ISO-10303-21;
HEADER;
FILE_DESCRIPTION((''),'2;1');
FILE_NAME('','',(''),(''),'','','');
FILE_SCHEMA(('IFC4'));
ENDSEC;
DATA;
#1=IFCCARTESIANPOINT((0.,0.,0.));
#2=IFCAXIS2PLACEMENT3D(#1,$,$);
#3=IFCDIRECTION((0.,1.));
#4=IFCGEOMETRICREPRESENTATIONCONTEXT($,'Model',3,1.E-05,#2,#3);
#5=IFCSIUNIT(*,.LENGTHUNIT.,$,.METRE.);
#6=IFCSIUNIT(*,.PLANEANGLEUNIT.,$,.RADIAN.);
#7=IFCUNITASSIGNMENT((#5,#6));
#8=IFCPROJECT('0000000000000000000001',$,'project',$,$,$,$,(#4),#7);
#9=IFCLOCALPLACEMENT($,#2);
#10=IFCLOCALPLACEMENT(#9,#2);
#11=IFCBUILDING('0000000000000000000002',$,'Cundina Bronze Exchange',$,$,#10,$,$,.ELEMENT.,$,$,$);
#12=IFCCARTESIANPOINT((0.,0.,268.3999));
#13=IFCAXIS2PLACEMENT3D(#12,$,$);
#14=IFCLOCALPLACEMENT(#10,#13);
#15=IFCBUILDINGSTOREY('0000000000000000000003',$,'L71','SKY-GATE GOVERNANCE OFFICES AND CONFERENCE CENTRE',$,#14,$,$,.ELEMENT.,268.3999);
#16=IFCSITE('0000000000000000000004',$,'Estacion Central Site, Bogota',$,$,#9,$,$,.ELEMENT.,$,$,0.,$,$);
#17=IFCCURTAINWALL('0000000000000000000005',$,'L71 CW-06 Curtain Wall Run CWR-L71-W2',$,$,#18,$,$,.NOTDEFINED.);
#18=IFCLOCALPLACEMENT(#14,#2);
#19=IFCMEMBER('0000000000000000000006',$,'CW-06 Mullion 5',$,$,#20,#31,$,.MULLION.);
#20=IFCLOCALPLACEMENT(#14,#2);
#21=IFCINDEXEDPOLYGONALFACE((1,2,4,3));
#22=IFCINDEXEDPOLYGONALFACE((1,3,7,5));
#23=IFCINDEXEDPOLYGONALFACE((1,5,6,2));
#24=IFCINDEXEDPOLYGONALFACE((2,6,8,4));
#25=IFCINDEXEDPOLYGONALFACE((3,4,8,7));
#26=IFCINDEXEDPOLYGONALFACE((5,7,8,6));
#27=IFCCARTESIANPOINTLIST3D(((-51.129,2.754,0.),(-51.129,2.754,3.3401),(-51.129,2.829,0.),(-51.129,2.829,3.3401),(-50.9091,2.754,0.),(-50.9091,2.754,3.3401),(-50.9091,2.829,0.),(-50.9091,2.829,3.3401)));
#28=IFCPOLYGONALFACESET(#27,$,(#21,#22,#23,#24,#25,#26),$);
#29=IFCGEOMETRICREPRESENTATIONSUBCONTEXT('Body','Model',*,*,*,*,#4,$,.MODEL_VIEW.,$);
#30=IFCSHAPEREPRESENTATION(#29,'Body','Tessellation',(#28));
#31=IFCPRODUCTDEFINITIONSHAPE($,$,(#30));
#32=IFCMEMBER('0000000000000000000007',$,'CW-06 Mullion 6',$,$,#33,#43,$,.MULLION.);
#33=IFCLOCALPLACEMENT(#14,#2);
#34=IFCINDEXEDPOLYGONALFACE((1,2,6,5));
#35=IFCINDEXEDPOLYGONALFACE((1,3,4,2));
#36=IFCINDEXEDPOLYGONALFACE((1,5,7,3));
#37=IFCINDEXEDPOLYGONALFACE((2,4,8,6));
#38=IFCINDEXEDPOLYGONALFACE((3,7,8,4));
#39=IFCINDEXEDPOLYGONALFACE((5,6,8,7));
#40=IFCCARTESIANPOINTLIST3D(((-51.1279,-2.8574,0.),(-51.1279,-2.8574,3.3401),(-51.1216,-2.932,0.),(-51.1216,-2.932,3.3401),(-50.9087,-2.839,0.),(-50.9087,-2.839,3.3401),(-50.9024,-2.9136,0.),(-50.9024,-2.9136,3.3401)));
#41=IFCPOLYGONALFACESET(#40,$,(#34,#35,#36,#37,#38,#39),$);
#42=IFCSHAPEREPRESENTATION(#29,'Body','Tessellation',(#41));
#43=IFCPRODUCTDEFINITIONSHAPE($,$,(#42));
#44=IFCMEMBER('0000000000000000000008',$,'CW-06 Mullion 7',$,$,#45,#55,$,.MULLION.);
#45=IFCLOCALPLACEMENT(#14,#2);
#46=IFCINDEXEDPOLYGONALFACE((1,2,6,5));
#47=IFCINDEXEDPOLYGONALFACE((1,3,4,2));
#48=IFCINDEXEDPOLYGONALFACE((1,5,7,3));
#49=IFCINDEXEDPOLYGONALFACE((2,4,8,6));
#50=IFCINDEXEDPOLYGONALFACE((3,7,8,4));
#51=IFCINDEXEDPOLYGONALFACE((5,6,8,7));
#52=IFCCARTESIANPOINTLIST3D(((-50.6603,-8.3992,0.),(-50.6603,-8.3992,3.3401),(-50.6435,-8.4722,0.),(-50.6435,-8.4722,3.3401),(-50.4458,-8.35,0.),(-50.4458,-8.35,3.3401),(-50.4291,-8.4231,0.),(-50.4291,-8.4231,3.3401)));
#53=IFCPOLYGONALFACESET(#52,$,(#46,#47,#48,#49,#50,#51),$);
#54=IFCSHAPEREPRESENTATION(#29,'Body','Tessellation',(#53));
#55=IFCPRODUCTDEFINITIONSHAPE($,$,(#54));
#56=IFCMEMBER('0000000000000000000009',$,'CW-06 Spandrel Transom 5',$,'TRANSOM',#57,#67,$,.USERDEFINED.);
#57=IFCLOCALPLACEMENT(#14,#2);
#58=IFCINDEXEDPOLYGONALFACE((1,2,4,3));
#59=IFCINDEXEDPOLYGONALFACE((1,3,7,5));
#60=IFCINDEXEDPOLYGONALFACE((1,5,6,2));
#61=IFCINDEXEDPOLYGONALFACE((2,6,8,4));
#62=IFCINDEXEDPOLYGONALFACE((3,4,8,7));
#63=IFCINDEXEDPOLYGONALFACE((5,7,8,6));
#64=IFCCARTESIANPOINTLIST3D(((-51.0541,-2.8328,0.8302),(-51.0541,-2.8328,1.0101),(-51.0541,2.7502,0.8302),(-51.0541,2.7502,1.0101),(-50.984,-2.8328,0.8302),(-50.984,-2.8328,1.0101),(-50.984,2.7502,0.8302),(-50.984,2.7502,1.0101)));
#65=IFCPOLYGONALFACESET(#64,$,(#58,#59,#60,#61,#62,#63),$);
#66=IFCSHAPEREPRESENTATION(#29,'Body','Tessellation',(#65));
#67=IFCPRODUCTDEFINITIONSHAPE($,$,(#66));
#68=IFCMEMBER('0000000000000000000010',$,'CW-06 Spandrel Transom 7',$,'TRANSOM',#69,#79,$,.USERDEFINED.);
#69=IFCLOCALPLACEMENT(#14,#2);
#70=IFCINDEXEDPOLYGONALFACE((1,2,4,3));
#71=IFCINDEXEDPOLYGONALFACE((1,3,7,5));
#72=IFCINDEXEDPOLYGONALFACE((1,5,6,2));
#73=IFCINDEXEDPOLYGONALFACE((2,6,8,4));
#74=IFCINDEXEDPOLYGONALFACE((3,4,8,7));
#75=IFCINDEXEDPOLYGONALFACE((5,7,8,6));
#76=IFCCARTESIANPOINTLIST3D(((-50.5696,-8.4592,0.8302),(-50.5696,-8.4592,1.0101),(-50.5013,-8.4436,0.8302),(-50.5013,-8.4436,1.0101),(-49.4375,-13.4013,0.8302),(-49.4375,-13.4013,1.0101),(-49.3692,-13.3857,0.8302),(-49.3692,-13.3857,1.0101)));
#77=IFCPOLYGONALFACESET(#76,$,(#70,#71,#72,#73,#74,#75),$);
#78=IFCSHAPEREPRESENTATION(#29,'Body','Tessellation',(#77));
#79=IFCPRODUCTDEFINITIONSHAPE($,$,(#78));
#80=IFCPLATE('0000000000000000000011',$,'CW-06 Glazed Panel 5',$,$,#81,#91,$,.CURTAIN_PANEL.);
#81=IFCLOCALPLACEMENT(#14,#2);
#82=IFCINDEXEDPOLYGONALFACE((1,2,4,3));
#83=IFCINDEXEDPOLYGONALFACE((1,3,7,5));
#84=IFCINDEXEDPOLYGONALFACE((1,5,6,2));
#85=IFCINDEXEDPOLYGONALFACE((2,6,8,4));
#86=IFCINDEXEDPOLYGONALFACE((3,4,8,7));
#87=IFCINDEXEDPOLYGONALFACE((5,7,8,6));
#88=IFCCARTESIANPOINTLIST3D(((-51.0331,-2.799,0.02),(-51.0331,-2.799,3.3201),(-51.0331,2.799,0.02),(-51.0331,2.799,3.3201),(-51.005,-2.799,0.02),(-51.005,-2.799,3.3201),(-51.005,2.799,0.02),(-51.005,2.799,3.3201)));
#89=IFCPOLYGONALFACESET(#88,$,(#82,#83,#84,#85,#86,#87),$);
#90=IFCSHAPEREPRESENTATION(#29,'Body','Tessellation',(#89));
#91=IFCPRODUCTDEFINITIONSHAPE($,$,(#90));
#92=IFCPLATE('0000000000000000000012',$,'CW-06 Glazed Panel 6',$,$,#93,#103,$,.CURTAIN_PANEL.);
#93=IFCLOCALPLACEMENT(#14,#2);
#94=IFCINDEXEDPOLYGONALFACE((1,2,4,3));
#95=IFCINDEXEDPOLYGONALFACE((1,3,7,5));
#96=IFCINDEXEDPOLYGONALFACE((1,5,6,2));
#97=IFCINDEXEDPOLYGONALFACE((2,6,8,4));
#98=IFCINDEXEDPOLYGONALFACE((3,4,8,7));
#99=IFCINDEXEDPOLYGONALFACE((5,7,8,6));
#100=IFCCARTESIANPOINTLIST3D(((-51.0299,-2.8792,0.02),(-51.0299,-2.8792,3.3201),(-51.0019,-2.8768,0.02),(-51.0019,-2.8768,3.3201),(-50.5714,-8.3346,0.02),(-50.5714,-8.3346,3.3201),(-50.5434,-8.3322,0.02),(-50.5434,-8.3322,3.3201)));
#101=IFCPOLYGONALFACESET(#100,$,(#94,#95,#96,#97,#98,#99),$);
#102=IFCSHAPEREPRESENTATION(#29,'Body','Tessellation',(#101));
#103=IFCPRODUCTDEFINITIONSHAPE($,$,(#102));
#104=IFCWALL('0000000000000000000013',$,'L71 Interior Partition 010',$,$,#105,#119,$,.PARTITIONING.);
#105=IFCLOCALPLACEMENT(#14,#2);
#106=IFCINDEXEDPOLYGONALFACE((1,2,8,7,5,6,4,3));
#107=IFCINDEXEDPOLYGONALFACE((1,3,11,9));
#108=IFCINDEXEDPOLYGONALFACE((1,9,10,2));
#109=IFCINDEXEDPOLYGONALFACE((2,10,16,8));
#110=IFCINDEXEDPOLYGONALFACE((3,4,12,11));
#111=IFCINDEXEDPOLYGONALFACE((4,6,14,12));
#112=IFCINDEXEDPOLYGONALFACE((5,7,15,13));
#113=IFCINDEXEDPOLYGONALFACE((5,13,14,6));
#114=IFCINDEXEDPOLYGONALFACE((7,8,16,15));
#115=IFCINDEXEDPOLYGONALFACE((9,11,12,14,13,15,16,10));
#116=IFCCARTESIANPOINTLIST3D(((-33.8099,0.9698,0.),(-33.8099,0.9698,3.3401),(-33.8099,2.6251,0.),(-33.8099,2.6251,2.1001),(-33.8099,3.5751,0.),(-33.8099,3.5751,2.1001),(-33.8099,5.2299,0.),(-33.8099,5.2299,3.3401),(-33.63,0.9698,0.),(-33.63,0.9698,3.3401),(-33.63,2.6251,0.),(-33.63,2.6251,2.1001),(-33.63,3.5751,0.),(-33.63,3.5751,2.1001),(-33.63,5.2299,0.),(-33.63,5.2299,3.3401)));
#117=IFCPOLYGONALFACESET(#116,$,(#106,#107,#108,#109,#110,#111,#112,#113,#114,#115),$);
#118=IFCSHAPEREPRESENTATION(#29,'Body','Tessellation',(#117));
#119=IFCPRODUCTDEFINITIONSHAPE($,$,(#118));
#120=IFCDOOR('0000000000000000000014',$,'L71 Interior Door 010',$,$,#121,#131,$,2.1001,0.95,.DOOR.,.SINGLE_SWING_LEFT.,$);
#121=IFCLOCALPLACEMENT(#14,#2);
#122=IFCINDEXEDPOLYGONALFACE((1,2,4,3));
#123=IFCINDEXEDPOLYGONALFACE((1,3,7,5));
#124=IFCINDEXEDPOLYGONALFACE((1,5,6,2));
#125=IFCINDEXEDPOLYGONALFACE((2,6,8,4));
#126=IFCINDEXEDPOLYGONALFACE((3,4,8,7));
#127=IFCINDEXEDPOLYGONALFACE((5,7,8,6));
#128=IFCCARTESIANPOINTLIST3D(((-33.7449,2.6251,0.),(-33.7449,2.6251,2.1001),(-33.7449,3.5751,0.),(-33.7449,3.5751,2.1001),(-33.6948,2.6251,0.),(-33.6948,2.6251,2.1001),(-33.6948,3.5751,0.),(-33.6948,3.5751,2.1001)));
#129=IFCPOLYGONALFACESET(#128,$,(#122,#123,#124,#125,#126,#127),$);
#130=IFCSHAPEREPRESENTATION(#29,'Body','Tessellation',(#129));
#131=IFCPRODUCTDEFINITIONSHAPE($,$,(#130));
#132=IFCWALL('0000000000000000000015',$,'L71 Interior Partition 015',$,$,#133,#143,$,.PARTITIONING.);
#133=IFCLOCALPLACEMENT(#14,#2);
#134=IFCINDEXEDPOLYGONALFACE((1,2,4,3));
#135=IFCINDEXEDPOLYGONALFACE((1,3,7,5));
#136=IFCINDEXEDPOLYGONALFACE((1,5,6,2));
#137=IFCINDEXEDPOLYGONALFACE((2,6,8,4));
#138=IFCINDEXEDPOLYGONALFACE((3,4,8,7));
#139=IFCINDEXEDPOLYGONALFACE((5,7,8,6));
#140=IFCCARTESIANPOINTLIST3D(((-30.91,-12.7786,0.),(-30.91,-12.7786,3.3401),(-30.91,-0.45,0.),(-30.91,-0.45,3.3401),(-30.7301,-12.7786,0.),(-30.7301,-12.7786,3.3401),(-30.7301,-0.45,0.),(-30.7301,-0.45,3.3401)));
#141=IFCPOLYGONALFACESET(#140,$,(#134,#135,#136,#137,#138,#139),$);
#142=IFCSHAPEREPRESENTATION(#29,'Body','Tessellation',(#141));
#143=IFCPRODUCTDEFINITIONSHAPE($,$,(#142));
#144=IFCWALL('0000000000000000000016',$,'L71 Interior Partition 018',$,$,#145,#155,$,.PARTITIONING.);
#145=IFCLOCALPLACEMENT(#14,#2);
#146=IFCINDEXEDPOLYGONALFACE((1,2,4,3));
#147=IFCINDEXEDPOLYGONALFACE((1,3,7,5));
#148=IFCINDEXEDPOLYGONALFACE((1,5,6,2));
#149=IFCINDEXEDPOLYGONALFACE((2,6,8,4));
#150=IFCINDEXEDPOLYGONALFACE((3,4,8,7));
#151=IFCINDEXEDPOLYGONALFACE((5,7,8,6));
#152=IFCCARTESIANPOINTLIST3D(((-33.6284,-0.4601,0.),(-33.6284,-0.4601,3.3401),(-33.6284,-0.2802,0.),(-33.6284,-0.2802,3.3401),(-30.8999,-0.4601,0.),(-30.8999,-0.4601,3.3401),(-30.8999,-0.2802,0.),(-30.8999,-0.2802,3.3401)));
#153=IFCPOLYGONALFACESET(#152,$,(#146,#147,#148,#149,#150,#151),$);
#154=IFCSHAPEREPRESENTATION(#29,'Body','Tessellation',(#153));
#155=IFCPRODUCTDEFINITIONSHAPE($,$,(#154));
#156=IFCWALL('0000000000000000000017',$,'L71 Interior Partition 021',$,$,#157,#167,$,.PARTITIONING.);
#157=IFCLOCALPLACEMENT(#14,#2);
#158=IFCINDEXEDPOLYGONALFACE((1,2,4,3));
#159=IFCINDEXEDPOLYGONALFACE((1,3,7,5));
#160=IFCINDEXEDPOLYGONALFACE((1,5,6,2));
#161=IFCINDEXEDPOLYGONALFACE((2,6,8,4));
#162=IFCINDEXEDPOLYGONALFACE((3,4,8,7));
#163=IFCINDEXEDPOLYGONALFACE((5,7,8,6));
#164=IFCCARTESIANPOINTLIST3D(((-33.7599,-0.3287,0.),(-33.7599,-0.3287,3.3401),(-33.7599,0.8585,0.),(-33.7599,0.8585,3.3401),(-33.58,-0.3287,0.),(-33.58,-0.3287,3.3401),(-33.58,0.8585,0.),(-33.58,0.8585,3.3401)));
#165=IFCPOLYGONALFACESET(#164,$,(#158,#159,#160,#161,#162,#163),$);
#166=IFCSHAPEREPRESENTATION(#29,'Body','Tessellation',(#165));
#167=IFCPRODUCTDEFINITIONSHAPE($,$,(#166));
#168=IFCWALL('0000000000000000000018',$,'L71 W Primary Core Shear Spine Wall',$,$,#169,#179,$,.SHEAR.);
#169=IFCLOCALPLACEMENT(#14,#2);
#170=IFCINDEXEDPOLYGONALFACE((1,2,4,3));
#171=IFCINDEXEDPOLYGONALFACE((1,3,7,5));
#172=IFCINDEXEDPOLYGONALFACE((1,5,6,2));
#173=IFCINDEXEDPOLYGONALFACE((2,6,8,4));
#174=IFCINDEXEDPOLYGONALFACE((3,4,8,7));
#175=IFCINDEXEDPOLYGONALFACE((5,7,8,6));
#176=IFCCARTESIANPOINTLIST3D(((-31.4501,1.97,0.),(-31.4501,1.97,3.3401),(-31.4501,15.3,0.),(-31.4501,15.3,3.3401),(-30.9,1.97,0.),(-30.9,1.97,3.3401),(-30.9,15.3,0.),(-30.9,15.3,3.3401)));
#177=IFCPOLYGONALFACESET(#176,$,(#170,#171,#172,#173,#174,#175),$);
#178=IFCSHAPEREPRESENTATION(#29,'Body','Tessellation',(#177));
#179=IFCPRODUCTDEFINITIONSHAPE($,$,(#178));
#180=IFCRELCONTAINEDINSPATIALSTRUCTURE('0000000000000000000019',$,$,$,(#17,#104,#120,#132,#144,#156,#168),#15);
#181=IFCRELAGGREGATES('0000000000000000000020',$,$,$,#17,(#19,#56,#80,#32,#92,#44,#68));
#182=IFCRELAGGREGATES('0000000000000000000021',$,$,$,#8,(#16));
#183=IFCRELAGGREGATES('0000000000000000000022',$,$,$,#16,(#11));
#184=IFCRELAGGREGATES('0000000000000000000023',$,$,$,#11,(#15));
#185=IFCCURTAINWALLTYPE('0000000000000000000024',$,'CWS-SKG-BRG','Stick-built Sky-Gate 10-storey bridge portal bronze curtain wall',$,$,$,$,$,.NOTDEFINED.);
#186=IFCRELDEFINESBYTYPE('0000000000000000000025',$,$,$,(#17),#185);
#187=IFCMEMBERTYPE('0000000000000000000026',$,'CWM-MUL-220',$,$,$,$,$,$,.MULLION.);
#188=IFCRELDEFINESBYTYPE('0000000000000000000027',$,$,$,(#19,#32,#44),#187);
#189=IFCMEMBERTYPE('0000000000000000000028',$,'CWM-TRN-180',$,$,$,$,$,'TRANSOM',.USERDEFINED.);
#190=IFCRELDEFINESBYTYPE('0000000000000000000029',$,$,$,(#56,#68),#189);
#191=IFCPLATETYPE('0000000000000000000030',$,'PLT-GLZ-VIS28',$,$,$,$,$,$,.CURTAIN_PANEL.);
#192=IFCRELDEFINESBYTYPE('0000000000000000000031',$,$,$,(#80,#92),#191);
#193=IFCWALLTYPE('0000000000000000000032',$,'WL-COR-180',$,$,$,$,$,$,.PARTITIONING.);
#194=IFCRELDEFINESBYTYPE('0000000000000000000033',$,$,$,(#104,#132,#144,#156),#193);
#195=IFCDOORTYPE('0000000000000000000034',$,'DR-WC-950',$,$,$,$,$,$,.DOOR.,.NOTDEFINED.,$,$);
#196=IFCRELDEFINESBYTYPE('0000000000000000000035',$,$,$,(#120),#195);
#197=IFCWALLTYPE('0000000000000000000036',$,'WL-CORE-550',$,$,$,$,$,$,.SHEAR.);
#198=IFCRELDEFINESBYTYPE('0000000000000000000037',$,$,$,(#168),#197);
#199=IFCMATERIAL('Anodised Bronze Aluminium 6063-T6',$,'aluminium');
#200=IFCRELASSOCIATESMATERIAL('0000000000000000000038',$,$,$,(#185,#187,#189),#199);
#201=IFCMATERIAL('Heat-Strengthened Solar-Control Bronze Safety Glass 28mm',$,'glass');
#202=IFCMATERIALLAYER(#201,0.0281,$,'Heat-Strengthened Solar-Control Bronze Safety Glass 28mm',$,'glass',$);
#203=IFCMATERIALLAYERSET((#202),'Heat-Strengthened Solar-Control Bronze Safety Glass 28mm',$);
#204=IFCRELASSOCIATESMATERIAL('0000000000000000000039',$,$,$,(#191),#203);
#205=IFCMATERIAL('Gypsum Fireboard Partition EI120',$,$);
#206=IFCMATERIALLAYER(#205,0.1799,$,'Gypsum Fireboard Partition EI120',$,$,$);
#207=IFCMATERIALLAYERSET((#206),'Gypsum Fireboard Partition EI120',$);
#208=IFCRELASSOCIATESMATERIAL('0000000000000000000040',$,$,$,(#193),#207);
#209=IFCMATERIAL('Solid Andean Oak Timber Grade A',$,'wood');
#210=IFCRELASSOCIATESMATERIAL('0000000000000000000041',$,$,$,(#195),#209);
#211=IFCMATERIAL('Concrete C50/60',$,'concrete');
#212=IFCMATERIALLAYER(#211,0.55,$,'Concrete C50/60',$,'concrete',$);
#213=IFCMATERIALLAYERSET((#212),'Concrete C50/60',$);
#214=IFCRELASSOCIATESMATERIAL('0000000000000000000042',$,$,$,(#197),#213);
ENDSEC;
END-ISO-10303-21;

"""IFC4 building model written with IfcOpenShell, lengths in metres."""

from ifc_helpers import new_model, si_unit, direction, frame, frame_2d, origin, origin_2d, place, context, subcontext, project, spatial, rectangle, extrude, material, layer, layer_set, material_profile, profile_set, type_object, element, fill, aggregate, save


model = new_model("IFC4")

# Units and contexts
model_context = context("Model", 3, precision=1e-05, world=origin(), true_north=direction((0.0, 1.0)))
body_context = subcontext(model_context, "Body", "Model", "MODEL_VIEW")
ifc_project = project(units=[si_unit("LENGTHUNIT", "METRE"), si_unit("PLANEANGLEUNIT", "RADIAN")], contexts=[model_context])

# Site, building, storey
site_placement = place(None, origin())
site = spatial("IfcSite", under=ifc_project, at=site_placement, Name="Estacion Central Site, Bogota", CompositionType="ELEMENT", RefElevation=0.0)
building_placement = place(site_placement, origin())
building = spatial("IfcBuilding", under=site, at=building_placement, Name="Cundina Bronze Exchange", CompositionType="ELEMENT")
storey_placement = place(building_placement, frame((0.0, 0.0, 268.3999)))
storey = spatial("IfcBuildingStorey", under=building, at=storey_placement, Name="L71", Description="SKY-GATE GOVERNANCE OFFICES AND CONFERENCE CENTRE", CompositionType="ELEMENT", Elevation=268.3999)

# Shared definitions
ifc_material_1 = material(Name="Concrete C50/60", Category="concrete")

# Curtain wall, members, plates
ifc_material_2 = material(Name="Anodised Bronze Aluminium 6063-T6", Category="aluminium")
curtain_wall_type = type_object("IfcCurtainWallType", Name="CWS-SKG-BRG", Description="Stick-built Sky-Gate 10-storey bridge portal bronze curtain wall", PredefinedType="NOTDEFINED", material=ifc_material_2)
curtain_wall_placement = place(storey_placement, origin())
curtain_wall = element("IfcCurtainWall", 1, at=curtain_wall_placement, inside=storey, type_object=curtain_wall_type, Name="L71 CW-06 Curtain Wall Run CWR-L71-W2", PredefinedType="NOTDEFINED")
ifc_material_profile_1 = material_profile(ifc_material_2, rectangle(XDim=0.075, YDim=0.22, at=origin_2d()), Name="AL75X220", Category="aluminium")
ifc_profile_set_1 = profile_set([ifc_material_profile_1], Name="Anodised Bronze Aluminium 6063-T6")
member_type_1 = type_object("IfcMemberType", Name="CWM-MUL-220", PredefinedType="MULLION", material=ifc_profile_set_1)
member_1_placement = place(storey_placement, frame((-51.019, 2.7915, 0.0), z_axis=(0.0, 0.0, 1.0), x_axis=(0.0, -1.0, 0.0)))
member_1 = element("IfcMember", 2, at=member_1_placement, type_object=member_type_1, Name="CW-06 Mullion 5", PredefinedType="MULLION", context=body_context, shape_type="SweptSolid", body=[
    extrude(rectangle(XDim=0.075, YDim=0.22, at=origin_2d()), origin(), (0.0, 0.0, 1.0), 3.3401),
])
member_2_placement = place(storey_placement, frame((-51.0151, -2.8855, 0.0), z_axis=(0.0, 0.0, 1.0), x_axis=(0.083678, -0.996493, 0.0)))
member_2 = element("IfcMember", 3, at=member_2_placement, type_object=member_type_1, Name="CW-06 Mullion 6", PredefinedType="MULLION", context=body_context, shape_type="SweptSolid", body=[
    extrude(rectangle(XDim=0.075, YDim=0.22, at=origin_2d()), origin(), (0.0, 0.0, 1.0), 3.3401),
])
member_3_placement = place(storey_placement, frame((-50.5447, -8.4111, 0.0), z_axis=(0.0, 0.0, 1.0), x_axis=(0.22325, -0.974761, 0.0)))
member_3 = element("IfcMember", 4, at=member_3_placement, type_object=member_type_1, Name="CW-06 Mullion 7", PredefinedType="MULLION", context=body_context, shape_type="SweptSolid", body=[
    extrude(rectangle(XDim=0.075, YDim=0.22, at=origin_2d()), origin(), (0.0, 0.0, 1.0), 3.3401),
])
ifc_material_profile_2 = material_profile(ifc_material_2, rectangle(XDim=0.0701, YDim=0.1799, at=origin_2d()), Name="AL70X180", Category="aluminium")
ifc_profile_set_2 = profile_set([ifc_material_profile_2], Name="Anodised Bronze Aluminium 6063-T6")
member_type_2 = type_object("IfcMemberType", Name="CWM-TRN-180", ElementType="TRANSOM", PredefinedType="USERDEFINED", material=ifc_profile_set_2)
member_4_placement = place(storey_placement, frame((-51.019, 2.7502, 0.9202), z_axis=(0.0, -1.0, 0.0), x_axis=(1.0, 0.0, 0.0)))
member_4 = element("IfcMember", 5, at=member_4_placement, type_object=member_type_2, Name="CW-06 Spandrel Transom 5", ObjectType="TRANSOM", PredefinedType="USERDEFINED", context=body_context, shape_type="SweptSolid", body=[
    extrude(rectangle(XDim=0.0701, YDim=0.1799, at=origin_2d()), origin(), (0.0, 0.0, 1.0), 5.583),
])
member_5_placement = place(storey_placement, frame((-50.5354, -8.4514, 0.9202), z_axis=(0.223284, -0.974754, 0.0), x_axis=(0.974754, 0.223284, 0.0)))
member_5 = element("IfcMember", 6, at=member_5_placement, type_object=member_type_2, Name="CW-06 Spandrel Transom 7", ObjectType="TRANSOM", PredefinedType="USERDEFINED", context=body_context, shape_type="SweptSolid", body=[
    extrude(rectangle(XDim=0.0701, YDim=0.1799, at=origin_2d()), origin(), (0.0, 0.0, 1.0), 5.0701),
])
ifc_material_3 = material(Name="Heat-Strengthened Solar-Control Bronze Safety Glass 28mm", Category="glass")
ifc_layer_1 = layer(ifc_material_3, 0.0281, Name="Heat-Strengthened Solar-Control Bronze Safety Glass 28mm", Category="glass")
ifc_layer_set_1 = layer_set([ifc_layer_1], Name="Heat-Strengthened Solar-Control Bronze Safety Glass 28mm")
plate_type = type_object("IfcPlateType", Name="PLT-GLZ-VIS28", PredefinedType="CURTAIN_PANEL", material=ifc_layer_set_1)
plate_1_placement = place(storey_placement, frame((-51.019, 0.0, 0.02), z_axis=(0.0, 0.0, 1.0), x_axis=(0.0, -1.0, 0.0)))
plate_1 = element("IfcPlate", 7, at=plate_1_placement, type_object=plate_type, Name="CW-06 Glazed Panel 5", PredefinedType="CURTAIN_PANEL", context=body_context, shape_type="SweptSolid", body=[
    extrude(rectangle(XDim=5.5979, YDim=0.0281, at=origin_2d()), origin(), (0.0, 0.0, 1.0), 3.3),
])
plate_2_placement = place(storey_placement, frame((-50.7866, -5.6057, 0.02), z_axis=(0.0, 0.0, 1.0), x_axis=(0.083747, -0.996487, 0.0)))
plate_2 = element("IfcPlate", 8, at=plate_2_placement, type_object=plate_type, Name="CW-06 Glazed Panel 6", PredefinedType="CURTAIN_PANEL", context=body_context, shape_type="SweptSolid", body=[
    extrude(rectangle(XDim=5.4746, YDim=0.0281, at=origin_2d()), origin(), (0.0, 0.0, 1.0), 3.3),
])
aggregate(curtain_wall, [member_1, member_4, plate_1, member_2, plate_2, member_3, member_5])

# Wall, opening, door
ifc_material_4 = material(Name="Gypsum Fireboard Partition EI120")
ifc_layer_2 = layer(ifc_material_4, 0.1799, Name="Gypsum Fireboard Partition EI120")
ifc_layer_set_2 = layer_set([ifc_layer_2], Name="Gypsum Fireboard Partition EI120")
wall_type_1 = type_object("IfcWallType", Name="WL-COR-180", PredefinedType="PARTITIONING", material=ifc_layer_set_2)
wall_1_placement = place(storey_placement, frame((-33.72, 0.97, 0.0), z_axis=(0.0, 0.0, 1.0), x_axis=(0.0, 1.0, 0.0)))
wall_1 = element("IfcWall", 9, at=wall_1_placement, inside=storey, type_object=wall_type_1, Name="L71 Interior Partition 010", PredefinedType="PARTITIONING", context=body_context, shape_type="SweptSolid", body=[
    extrude(rectangle(XDim=4.26, YDim=0.1799, at=frame_2d((2.1299, 0.0))), origin(), (0.0, 0.0, 1.0), 3.3401),
])
opening_1_placement = place(wall_1_placement, frame((1.655, 0.0, 0.0)))
opening_1 = element("IfcOpeningElement", 10, at=opening_1_placement, cuts=wall_1, PredefinedType="OPENING", context=body_context, shape_type="SweptSolid", body=[
    extrude(rectangle(XDim=0.95, YDim=2.1001, at=frame_2d((0.4751, 1.05))), frame((0.0, 0.0999, 0.0), z_axis=(0.0, -1.0, 0.0), x_axis=(1.0, 0.0, 0.0)), (0.0, 0.0, 1.0), 0.2),
])
ifc_material_5 = material(Name="Solid Andean Oak Timber Grade A", Category="wood")
door_type_1 = type_object("IfcDoorType", Name="DR-WC-950", OperationType="NOTDEFINED", PredefinedType="DOOR", material=ifc_material_5)
door_1_placement = place(opening_1_placement, origin())
door_1 = element("IfcDoor", 11, at=door_1_placement, inside=storey, type_object=door_type_1, Name="L71 Interior Door 010", OperationType="SINGLE_SWING_LEFT", OverallHeight=2.1001, OverallWidth=0.95, PredefinedType="DOOR", context=body_context, shape_type="SweptSolid", body=[
    extrude(rectangle(XDim=0.95, YDim=2.1001, at=frame_2d((0.4751, 1.05))), frame((0.0, 0.0249, 0.0), z_axis=(0.0, -1.0, 0.0), x_axis=(1.0, 0.0, 0.0)), (0.0, 0.0, 1.0), 0.05),
])
fill(opening_1, door_1)

# Walls
wall_2_placement = place(storey_placement, frame((-30.8201, -0.45, 0.0), z_axis=(0.0, 0.0, 1.0), x_axis=(0.0, -1.0, 0.0)))
element("IfcWall", 12, at=wall_2_placement, inside=storey, type_object=wall_type_1, Name="L71 Interior Partition 015", PredefinedType="PARTITIONING", context=body_context, shape_type="SweptSolid", body=[
    extrude(rectangle(XDim=12.3286, YDim=0.1799, at=frame_2d((6.1643, 0.0))), origin(), (0.0, 0.0, 1.0), 3.3401),
])
wall_3_placement = place(storey_placement, frame((-33.6284, -0.3701, 0.0), z_axis=(0.0, 0.0, 1.0), x_axis=(1.0, 0.0, 0.0)))
element("IfcWall", 13, at=wall_3_placement, inside=storey, type_object=wall_type_1, Name="L71 Interior Partition 018", PredefinedType="PARTITIONING", context=body_context, shape_type="SweptSolid", body=[
    extrude(rectangle(XDim=2.7285, YDim=0.1799, at=frame_2d((1.3643, 0.0))), origin(), (0.0, 0.0, 1.0), 3.3401),
])
wall_4_placement = place(storey_placement, frame((-33.6699, 0.8586, 0.0), z_axis=(0.0, 0.0, 1.0), x_axis=(0.0, -1.0, 0.0)))
element("IfcWall", 14, at=wall_4_placement, inside=storey, type_object=wall_type_1, Name="L71 Interior Partition 021", PredefinedType="PARTITIONING", context=body_context, shape_type="SweptSolid", body=[
    extrude(rectangle(XDim=1.1873, YDim=0.1799, at=frame_2d((0.5938, 0.0))), origin(), (0.0, 0.0, 1.0), 3.3401),
])
ifc_layer_3 = layer(ifc_material_1, 0.55, Name="Concrete C50/60", Category="concrete")
ifc_layer_set_3 = layer_set([ifc_layer_3], Name="Concrete C50/60")
wall_type_2 = type_object("IfcWallType", Name="WL-CORE-550", PredefinedType="SHEAR", material=ifc_layer_set_3)
wall_5_placement = place(storey_placement, frame((-31.175, 1.97, 0.0), z_axis=(0.0, 0.0, 1.0), x_axis=(0.0, 1.0, 0.0)))
element("IfcWall", 15, at=wall_5_placement, inside=storey, type_object=wall_type_2, Name="L71 W Primary Core Shear Spine Wall", PredefinedType="SHEAR", context=body_context, shape_type="SweptSolid", body=[
    extrude(rectangle(XDim=13.3301, YDim=0.55, at=frame_2d((6.665, 0.0))), origin(), (0.0, 0.0, 1.0), 3.3401),
])

save(model, "model.ifc")
